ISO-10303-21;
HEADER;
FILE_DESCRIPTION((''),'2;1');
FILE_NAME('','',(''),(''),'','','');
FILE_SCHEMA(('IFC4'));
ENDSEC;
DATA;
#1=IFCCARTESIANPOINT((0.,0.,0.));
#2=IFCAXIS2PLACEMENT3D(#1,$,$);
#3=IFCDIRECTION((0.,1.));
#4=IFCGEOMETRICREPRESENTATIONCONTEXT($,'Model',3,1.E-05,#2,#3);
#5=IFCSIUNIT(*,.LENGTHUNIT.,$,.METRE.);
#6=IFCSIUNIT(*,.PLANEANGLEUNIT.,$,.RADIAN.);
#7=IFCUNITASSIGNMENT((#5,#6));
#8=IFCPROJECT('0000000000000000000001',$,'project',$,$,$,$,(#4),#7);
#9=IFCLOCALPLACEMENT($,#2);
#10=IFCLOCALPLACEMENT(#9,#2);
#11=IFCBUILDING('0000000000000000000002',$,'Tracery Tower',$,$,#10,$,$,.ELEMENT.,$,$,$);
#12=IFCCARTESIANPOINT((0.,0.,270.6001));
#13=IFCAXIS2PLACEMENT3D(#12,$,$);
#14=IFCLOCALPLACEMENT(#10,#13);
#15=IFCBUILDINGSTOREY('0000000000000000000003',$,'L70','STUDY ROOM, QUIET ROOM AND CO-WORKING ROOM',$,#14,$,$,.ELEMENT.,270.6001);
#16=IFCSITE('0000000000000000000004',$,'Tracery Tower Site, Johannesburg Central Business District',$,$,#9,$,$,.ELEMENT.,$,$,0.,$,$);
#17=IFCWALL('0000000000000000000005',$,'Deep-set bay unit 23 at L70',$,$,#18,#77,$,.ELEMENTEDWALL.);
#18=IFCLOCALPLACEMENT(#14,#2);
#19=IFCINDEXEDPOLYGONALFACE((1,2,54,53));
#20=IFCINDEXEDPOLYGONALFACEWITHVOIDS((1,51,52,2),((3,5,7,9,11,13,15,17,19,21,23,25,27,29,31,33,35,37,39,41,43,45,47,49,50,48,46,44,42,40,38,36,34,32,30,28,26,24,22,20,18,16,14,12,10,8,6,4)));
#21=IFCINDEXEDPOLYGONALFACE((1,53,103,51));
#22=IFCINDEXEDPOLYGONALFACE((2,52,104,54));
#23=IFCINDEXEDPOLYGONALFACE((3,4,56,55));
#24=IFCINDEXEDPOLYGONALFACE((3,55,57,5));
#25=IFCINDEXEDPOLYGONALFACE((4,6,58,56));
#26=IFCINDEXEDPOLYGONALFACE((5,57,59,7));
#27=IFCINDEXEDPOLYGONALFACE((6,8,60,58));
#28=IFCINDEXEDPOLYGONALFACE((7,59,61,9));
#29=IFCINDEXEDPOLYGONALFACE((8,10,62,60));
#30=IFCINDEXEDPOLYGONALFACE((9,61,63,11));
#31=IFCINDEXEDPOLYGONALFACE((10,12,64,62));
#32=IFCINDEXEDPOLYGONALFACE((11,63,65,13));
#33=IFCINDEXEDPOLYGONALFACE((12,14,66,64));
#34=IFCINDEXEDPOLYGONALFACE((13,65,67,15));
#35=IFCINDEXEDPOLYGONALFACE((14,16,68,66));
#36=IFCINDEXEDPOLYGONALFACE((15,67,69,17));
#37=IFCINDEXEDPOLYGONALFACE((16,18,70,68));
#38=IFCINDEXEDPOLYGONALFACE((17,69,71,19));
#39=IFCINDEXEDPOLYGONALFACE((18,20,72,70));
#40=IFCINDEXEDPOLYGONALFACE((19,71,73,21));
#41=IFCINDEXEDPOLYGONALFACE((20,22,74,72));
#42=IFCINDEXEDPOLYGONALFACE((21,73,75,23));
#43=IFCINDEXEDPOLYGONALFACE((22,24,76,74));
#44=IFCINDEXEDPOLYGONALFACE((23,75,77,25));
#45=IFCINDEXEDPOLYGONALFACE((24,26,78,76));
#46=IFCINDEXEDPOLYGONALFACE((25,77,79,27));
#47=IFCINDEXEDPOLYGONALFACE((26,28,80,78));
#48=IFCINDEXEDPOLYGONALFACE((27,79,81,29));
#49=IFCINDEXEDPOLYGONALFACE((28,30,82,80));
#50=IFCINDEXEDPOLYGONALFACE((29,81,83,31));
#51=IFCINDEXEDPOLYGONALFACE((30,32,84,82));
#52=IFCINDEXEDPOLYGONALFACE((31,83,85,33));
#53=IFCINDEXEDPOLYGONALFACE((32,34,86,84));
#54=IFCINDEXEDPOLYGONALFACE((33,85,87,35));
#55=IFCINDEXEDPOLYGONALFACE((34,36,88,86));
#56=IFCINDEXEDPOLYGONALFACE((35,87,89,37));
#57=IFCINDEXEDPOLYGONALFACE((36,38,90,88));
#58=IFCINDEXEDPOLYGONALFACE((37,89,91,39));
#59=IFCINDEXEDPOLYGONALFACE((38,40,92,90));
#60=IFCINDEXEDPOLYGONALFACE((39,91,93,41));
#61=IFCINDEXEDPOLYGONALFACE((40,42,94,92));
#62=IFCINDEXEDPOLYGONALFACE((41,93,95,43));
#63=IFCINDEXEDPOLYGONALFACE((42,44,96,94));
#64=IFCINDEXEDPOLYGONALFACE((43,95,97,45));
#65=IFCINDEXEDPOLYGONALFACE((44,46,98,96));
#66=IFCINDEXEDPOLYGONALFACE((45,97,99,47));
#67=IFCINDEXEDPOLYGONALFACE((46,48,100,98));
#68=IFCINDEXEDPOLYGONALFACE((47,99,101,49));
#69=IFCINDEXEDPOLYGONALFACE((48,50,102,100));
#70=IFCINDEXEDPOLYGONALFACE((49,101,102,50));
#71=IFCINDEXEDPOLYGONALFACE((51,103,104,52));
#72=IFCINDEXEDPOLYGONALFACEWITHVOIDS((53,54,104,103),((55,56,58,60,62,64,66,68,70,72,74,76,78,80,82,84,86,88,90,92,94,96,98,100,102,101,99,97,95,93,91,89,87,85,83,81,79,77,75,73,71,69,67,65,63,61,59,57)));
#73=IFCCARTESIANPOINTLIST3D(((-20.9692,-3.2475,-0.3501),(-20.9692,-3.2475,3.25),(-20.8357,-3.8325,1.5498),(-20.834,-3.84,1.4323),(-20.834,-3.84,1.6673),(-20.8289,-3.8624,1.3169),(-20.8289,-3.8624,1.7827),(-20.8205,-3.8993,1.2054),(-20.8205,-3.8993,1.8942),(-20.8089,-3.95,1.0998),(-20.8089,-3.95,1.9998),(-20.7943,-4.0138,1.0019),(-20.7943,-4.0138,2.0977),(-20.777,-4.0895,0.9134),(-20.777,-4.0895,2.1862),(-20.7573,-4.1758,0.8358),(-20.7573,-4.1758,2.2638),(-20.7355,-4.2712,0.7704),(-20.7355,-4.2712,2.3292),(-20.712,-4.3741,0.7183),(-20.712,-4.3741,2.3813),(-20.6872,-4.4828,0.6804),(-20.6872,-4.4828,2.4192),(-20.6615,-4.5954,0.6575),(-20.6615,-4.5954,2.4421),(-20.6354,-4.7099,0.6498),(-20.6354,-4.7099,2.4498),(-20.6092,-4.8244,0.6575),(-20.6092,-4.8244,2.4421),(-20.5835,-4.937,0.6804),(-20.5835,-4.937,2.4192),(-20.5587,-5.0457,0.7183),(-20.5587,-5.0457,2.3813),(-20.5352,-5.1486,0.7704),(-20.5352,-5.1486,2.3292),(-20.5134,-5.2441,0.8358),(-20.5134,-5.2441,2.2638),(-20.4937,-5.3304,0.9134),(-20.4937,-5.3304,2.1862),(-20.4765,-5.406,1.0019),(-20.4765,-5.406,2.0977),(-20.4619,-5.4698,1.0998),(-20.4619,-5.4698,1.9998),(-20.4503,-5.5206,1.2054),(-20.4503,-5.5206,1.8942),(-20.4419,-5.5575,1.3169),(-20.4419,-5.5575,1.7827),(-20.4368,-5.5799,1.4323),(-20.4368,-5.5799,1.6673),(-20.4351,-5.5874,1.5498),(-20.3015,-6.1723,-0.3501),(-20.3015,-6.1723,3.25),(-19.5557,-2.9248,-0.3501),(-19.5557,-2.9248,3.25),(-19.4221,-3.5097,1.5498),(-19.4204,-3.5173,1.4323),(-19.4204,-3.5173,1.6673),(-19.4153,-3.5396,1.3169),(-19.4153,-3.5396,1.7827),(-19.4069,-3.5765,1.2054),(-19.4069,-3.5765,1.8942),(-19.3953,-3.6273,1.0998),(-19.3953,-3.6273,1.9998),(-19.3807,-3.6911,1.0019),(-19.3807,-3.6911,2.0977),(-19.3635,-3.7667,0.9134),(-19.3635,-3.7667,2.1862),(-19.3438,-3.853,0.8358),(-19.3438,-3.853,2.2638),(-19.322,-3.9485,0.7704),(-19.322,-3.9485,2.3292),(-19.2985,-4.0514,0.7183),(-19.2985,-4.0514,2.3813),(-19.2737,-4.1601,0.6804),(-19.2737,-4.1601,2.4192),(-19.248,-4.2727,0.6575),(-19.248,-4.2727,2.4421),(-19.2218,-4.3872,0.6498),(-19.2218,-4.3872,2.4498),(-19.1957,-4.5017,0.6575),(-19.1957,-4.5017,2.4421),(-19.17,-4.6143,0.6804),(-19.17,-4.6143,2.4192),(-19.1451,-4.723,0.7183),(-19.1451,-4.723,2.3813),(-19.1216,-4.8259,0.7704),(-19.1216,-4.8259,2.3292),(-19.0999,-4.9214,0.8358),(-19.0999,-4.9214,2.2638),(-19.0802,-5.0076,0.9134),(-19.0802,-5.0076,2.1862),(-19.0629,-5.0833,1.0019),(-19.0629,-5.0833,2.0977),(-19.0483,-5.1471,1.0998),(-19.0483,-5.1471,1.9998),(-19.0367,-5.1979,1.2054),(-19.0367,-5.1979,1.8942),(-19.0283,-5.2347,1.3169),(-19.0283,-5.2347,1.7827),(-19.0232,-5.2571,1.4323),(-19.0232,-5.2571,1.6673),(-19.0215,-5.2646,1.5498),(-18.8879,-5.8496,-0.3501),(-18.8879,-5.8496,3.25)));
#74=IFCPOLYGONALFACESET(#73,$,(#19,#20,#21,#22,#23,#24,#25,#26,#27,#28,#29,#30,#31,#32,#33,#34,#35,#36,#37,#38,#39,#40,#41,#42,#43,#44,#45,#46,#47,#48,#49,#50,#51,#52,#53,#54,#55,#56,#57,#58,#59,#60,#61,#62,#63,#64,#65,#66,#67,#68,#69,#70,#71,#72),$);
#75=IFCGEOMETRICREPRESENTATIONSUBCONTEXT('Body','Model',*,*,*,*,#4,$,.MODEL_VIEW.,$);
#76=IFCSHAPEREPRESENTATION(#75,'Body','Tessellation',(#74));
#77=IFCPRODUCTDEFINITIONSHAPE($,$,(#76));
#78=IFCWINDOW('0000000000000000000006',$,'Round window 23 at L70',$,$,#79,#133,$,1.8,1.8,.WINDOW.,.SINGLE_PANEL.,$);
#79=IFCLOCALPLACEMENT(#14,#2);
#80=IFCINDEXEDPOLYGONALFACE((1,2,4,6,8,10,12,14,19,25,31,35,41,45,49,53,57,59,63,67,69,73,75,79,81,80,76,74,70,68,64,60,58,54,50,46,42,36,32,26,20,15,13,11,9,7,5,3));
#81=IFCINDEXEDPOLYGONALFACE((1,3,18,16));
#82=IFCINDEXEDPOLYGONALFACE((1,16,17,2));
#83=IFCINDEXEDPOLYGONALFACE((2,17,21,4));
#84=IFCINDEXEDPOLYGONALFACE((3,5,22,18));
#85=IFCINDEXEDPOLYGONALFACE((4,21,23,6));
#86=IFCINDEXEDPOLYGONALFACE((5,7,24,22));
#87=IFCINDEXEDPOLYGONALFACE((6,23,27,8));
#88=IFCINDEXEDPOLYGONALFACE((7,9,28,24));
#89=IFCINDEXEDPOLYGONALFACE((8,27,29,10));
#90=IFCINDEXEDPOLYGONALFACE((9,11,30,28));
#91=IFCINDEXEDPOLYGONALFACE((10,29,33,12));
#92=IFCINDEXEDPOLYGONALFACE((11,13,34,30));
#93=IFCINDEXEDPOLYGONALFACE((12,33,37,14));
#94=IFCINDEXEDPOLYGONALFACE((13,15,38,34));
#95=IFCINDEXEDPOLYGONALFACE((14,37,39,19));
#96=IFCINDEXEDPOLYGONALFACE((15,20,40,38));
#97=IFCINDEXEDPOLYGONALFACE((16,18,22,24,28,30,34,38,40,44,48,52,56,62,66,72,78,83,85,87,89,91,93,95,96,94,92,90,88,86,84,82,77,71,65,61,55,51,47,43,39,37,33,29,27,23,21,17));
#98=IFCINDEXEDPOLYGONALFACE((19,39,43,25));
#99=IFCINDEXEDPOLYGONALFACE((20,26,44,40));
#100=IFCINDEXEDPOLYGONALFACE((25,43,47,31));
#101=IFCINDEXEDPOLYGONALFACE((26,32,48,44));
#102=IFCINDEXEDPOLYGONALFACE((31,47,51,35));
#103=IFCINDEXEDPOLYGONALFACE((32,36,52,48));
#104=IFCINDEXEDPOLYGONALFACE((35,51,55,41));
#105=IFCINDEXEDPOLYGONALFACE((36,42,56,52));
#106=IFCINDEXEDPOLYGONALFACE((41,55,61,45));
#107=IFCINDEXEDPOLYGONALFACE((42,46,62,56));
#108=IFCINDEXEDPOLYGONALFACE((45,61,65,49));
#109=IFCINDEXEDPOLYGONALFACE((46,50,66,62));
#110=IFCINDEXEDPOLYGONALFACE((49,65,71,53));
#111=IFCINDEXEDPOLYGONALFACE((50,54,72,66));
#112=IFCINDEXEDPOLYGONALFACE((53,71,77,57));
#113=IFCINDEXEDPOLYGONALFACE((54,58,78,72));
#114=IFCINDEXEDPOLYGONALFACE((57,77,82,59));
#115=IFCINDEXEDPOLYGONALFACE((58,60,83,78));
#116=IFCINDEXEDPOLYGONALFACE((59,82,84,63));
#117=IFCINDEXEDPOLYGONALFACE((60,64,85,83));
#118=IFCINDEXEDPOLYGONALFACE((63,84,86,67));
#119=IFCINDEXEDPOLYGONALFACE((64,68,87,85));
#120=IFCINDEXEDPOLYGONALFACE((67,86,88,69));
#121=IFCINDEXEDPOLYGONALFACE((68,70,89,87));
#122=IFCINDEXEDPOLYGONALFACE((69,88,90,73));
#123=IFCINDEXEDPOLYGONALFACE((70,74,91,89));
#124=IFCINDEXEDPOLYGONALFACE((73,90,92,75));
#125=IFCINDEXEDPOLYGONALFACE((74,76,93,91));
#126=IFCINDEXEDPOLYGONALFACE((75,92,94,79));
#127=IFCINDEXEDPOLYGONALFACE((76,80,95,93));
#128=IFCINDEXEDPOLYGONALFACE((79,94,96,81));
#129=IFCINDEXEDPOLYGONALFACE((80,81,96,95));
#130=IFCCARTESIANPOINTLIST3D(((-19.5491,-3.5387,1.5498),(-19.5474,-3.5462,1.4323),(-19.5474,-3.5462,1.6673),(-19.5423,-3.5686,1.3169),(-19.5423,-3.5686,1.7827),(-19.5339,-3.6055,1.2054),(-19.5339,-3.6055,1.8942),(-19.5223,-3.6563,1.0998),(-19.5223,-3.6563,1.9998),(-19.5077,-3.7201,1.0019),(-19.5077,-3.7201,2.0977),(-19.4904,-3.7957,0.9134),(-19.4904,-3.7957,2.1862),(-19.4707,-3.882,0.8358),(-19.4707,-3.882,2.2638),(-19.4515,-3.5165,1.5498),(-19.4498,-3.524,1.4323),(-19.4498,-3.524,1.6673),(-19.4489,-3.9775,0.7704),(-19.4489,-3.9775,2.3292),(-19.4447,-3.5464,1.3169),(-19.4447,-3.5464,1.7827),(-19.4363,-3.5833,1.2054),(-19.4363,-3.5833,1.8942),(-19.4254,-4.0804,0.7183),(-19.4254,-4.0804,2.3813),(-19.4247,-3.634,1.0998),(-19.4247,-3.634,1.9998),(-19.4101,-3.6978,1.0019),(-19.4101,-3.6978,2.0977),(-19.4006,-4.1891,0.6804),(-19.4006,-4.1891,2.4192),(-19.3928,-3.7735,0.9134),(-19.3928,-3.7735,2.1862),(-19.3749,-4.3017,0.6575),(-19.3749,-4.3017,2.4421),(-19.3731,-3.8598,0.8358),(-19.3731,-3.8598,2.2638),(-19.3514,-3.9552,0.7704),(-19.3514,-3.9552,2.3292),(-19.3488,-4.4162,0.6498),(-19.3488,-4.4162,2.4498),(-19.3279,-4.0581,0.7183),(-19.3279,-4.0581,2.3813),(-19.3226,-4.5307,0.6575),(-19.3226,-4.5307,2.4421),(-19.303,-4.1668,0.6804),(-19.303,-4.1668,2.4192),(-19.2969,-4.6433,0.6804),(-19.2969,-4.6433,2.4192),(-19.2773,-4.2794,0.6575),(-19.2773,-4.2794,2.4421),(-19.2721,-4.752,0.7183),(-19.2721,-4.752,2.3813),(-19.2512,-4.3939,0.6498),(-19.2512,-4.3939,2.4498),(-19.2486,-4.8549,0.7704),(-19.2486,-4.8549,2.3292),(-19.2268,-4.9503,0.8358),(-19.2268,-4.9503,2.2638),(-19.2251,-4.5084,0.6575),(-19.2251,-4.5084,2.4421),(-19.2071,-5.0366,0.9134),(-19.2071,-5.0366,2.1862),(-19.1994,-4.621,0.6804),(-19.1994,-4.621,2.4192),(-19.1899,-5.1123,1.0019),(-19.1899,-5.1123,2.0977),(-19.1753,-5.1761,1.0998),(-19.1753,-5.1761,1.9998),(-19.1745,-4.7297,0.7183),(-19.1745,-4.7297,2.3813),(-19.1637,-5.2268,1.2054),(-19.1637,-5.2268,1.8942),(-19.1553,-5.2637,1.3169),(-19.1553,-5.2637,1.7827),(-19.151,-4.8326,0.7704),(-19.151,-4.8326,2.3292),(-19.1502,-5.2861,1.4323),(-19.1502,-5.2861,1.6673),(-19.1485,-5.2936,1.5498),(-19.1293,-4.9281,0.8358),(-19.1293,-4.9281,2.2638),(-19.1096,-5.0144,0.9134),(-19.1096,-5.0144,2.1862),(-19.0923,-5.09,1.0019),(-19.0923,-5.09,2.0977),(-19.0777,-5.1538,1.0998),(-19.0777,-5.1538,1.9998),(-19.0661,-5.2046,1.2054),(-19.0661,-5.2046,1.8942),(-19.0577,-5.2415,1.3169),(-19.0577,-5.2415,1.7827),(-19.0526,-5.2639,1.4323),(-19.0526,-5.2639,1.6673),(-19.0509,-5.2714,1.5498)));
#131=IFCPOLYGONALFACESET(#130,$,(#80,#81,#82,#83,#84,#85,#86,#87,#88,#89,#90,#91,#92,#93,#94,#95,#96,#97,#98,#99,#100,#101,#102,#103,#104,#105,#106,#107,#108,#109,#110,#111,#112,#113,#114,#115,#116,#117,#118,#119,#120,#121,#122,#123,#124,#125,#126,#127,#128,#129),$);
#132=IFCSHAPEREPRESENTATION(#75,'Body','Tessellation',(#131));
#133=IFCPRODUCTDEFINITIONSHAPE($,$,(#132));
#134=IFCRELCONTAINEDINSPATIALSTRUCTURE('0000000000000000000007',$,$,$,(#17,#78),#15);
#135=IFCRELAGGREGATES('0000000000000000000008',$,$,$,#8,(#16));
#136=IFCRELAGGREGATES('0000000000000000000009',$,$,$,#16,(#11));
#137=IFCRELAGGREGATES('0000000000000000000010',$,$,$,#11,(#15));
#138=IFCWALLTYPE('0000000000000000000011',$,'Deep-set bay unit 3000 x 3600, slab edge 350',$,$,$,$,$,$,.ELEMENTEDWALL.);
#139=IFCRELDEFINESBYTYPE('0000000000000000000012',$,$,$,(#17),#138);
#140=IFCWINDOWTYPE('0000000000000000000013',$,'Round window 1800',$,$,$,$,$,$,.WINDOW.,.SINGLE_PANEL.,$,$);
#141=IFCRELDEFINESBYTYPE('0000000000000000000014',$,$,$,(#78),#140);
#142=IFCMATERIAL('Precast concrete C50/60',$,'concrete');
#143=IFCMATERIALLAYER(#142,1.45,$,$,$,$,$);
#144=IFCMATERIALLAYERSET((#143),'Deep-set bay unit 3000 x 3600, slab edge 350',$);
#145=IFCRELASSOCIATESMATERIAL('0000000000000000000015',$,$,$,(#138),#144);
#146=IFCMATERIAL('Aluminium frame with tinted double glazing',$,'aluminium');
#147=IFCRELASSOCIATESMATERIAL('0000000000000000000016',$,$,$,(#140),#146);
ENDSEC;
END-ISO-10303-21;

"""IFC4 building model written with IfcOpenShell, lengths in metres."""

from ifc_helpers import new_model, si_unit, direction, frame, frame_2d, origin, origin_2d, place, context, subcontext, project, spatial, rectangle, circle, extrude, material, layer, layer_set, type_object, element, fill, save


model = new_model("IFC4")

# Units and contexts
model_context = context("Model", 3, precision=1e-05, world=origin(), true_north=direction((0.0, 1.0)))
body_context = subcontext(model_context, "Body", "Model", "MODEL_VIEW")
ifc_project = project(units=[si_unit("LENGTHUNIT", "METRE"), si_unit("PLANEANGLEUNIT", "RADIAN")], contexts=[model_context])

# Site, building, storey
site_placement = place(None, origin())
site = spatial("IfcSite", under=ifc_project, at=site_placement, Name="Tracery Tower Site, Johannesburg Central Business District", CompositionType="ELEMENT", RefElevation=0.0)
building_placement = place(site_placement, origin())
building = spatial("IfcBuilding", under=site, at=building_placement, Name="Tracery Tower", CompositionType="ELEMENT")
storey_placement = place(building_placement, frame((0.0, 0.0, 270.6001)))
storey = spatial("IfcBuildingStorey", under=building, at=storey_placement, Name="L70", Description="STUDY ROOM, QUIET ROOM AND CO-WORKING ROOM", CompositionType="ELEMENT", Elevation=270.6001)

# Wall, opening, window
ifc_material_1 = material(Name="Precast concrete C50/60", Category="concrete")
ifc_layer_1 = layer(ifc_material_1, 1.45)
ifc_layer_set_1 = layer_set([ifc_layer_1], Name="Deep-set bay unit 3000 x 3600, slab edge 350")
wall_type_1 = type_object("IfcWallType", Name="Deep-set bay unit 3000 x 3600, slab edge 350", PredefinedType="ELEMENTEDWALL", material=ifc_layer_set_1)
wall_1_placement = place(storey_placement, frame((-20.2625, -3.0862, -0.3501), z_axis=(0.0, 0.0, 1.0), x_axis=(0.222571, -0.974917, 0.0)))
wall_1 = element("IfcWall", 1, at=wall_1_placement, inside=storey, type_object=wall_type_1, Name="Deep-set bay unit 23 at L70", PredefinedType="ELEMENTEDWALL", context=body_context, shape_type="SweptSolid", body=[
    extrude(rectangle(XDim=3.0, YDim=1.45, at=frame_2d((1.5, 0.0))), origin(), (0.0, 0.0, 1.0), 3.6001),
])
opening_1_placement = place(wall_1_placement, frame((1.5, 0.0, 1.8999)))
opening_1 = element("IfcOpeningElement", 2, at=opening_1_placement, cuts=wall_1, PredefinedType="OPENING", context=body_context, shape_type="SweptSolid", body=[
    extrude(circle(Radius=0.9, at=origin_2d()), frame((0.0, 0.7349, 0.0), z_axis=(0.0, -1.0, 0.0), x_axis=(1.0, 0.0, 0.0)), (0.0, 0.0, 1.0), 1.47),
])
ifc_material_2 = material(Name="Aluminium frame with tinted double glazing", Category="aluminium")
window_type = type_object("IfcWindowType", Name="Round window 1800", PartitioningType="SINGLE_PANEL", PredefinedType="WINDOW", material=ifc_material_2)
window_1_placement = place(opening_1_placement, origin())
window_1 = element("IfcWindow", 3, at=window_1_placement, inside=storey, type_object=window_type, Name="Round window 23 at L70", OverallHeight=1.8, OverallWidth=1.8, PartitioningType="SINGLE_PANEL", PredefinedType="WINDOW", context=body_context, shape_type="SweptSolid", body=[
    extrude(circle(Radius=0.9, at=origin_2d()), frame((0.0, 0.6948, 0.0), z_axis=(0.0, -1.0, 0.0), x_axis=(1.0, 0.0, 0.0)), (0.0, 0.0, 1.0), 0.1001),
])
fill(opening_1, window_1)

save(model, "model.ifc")
